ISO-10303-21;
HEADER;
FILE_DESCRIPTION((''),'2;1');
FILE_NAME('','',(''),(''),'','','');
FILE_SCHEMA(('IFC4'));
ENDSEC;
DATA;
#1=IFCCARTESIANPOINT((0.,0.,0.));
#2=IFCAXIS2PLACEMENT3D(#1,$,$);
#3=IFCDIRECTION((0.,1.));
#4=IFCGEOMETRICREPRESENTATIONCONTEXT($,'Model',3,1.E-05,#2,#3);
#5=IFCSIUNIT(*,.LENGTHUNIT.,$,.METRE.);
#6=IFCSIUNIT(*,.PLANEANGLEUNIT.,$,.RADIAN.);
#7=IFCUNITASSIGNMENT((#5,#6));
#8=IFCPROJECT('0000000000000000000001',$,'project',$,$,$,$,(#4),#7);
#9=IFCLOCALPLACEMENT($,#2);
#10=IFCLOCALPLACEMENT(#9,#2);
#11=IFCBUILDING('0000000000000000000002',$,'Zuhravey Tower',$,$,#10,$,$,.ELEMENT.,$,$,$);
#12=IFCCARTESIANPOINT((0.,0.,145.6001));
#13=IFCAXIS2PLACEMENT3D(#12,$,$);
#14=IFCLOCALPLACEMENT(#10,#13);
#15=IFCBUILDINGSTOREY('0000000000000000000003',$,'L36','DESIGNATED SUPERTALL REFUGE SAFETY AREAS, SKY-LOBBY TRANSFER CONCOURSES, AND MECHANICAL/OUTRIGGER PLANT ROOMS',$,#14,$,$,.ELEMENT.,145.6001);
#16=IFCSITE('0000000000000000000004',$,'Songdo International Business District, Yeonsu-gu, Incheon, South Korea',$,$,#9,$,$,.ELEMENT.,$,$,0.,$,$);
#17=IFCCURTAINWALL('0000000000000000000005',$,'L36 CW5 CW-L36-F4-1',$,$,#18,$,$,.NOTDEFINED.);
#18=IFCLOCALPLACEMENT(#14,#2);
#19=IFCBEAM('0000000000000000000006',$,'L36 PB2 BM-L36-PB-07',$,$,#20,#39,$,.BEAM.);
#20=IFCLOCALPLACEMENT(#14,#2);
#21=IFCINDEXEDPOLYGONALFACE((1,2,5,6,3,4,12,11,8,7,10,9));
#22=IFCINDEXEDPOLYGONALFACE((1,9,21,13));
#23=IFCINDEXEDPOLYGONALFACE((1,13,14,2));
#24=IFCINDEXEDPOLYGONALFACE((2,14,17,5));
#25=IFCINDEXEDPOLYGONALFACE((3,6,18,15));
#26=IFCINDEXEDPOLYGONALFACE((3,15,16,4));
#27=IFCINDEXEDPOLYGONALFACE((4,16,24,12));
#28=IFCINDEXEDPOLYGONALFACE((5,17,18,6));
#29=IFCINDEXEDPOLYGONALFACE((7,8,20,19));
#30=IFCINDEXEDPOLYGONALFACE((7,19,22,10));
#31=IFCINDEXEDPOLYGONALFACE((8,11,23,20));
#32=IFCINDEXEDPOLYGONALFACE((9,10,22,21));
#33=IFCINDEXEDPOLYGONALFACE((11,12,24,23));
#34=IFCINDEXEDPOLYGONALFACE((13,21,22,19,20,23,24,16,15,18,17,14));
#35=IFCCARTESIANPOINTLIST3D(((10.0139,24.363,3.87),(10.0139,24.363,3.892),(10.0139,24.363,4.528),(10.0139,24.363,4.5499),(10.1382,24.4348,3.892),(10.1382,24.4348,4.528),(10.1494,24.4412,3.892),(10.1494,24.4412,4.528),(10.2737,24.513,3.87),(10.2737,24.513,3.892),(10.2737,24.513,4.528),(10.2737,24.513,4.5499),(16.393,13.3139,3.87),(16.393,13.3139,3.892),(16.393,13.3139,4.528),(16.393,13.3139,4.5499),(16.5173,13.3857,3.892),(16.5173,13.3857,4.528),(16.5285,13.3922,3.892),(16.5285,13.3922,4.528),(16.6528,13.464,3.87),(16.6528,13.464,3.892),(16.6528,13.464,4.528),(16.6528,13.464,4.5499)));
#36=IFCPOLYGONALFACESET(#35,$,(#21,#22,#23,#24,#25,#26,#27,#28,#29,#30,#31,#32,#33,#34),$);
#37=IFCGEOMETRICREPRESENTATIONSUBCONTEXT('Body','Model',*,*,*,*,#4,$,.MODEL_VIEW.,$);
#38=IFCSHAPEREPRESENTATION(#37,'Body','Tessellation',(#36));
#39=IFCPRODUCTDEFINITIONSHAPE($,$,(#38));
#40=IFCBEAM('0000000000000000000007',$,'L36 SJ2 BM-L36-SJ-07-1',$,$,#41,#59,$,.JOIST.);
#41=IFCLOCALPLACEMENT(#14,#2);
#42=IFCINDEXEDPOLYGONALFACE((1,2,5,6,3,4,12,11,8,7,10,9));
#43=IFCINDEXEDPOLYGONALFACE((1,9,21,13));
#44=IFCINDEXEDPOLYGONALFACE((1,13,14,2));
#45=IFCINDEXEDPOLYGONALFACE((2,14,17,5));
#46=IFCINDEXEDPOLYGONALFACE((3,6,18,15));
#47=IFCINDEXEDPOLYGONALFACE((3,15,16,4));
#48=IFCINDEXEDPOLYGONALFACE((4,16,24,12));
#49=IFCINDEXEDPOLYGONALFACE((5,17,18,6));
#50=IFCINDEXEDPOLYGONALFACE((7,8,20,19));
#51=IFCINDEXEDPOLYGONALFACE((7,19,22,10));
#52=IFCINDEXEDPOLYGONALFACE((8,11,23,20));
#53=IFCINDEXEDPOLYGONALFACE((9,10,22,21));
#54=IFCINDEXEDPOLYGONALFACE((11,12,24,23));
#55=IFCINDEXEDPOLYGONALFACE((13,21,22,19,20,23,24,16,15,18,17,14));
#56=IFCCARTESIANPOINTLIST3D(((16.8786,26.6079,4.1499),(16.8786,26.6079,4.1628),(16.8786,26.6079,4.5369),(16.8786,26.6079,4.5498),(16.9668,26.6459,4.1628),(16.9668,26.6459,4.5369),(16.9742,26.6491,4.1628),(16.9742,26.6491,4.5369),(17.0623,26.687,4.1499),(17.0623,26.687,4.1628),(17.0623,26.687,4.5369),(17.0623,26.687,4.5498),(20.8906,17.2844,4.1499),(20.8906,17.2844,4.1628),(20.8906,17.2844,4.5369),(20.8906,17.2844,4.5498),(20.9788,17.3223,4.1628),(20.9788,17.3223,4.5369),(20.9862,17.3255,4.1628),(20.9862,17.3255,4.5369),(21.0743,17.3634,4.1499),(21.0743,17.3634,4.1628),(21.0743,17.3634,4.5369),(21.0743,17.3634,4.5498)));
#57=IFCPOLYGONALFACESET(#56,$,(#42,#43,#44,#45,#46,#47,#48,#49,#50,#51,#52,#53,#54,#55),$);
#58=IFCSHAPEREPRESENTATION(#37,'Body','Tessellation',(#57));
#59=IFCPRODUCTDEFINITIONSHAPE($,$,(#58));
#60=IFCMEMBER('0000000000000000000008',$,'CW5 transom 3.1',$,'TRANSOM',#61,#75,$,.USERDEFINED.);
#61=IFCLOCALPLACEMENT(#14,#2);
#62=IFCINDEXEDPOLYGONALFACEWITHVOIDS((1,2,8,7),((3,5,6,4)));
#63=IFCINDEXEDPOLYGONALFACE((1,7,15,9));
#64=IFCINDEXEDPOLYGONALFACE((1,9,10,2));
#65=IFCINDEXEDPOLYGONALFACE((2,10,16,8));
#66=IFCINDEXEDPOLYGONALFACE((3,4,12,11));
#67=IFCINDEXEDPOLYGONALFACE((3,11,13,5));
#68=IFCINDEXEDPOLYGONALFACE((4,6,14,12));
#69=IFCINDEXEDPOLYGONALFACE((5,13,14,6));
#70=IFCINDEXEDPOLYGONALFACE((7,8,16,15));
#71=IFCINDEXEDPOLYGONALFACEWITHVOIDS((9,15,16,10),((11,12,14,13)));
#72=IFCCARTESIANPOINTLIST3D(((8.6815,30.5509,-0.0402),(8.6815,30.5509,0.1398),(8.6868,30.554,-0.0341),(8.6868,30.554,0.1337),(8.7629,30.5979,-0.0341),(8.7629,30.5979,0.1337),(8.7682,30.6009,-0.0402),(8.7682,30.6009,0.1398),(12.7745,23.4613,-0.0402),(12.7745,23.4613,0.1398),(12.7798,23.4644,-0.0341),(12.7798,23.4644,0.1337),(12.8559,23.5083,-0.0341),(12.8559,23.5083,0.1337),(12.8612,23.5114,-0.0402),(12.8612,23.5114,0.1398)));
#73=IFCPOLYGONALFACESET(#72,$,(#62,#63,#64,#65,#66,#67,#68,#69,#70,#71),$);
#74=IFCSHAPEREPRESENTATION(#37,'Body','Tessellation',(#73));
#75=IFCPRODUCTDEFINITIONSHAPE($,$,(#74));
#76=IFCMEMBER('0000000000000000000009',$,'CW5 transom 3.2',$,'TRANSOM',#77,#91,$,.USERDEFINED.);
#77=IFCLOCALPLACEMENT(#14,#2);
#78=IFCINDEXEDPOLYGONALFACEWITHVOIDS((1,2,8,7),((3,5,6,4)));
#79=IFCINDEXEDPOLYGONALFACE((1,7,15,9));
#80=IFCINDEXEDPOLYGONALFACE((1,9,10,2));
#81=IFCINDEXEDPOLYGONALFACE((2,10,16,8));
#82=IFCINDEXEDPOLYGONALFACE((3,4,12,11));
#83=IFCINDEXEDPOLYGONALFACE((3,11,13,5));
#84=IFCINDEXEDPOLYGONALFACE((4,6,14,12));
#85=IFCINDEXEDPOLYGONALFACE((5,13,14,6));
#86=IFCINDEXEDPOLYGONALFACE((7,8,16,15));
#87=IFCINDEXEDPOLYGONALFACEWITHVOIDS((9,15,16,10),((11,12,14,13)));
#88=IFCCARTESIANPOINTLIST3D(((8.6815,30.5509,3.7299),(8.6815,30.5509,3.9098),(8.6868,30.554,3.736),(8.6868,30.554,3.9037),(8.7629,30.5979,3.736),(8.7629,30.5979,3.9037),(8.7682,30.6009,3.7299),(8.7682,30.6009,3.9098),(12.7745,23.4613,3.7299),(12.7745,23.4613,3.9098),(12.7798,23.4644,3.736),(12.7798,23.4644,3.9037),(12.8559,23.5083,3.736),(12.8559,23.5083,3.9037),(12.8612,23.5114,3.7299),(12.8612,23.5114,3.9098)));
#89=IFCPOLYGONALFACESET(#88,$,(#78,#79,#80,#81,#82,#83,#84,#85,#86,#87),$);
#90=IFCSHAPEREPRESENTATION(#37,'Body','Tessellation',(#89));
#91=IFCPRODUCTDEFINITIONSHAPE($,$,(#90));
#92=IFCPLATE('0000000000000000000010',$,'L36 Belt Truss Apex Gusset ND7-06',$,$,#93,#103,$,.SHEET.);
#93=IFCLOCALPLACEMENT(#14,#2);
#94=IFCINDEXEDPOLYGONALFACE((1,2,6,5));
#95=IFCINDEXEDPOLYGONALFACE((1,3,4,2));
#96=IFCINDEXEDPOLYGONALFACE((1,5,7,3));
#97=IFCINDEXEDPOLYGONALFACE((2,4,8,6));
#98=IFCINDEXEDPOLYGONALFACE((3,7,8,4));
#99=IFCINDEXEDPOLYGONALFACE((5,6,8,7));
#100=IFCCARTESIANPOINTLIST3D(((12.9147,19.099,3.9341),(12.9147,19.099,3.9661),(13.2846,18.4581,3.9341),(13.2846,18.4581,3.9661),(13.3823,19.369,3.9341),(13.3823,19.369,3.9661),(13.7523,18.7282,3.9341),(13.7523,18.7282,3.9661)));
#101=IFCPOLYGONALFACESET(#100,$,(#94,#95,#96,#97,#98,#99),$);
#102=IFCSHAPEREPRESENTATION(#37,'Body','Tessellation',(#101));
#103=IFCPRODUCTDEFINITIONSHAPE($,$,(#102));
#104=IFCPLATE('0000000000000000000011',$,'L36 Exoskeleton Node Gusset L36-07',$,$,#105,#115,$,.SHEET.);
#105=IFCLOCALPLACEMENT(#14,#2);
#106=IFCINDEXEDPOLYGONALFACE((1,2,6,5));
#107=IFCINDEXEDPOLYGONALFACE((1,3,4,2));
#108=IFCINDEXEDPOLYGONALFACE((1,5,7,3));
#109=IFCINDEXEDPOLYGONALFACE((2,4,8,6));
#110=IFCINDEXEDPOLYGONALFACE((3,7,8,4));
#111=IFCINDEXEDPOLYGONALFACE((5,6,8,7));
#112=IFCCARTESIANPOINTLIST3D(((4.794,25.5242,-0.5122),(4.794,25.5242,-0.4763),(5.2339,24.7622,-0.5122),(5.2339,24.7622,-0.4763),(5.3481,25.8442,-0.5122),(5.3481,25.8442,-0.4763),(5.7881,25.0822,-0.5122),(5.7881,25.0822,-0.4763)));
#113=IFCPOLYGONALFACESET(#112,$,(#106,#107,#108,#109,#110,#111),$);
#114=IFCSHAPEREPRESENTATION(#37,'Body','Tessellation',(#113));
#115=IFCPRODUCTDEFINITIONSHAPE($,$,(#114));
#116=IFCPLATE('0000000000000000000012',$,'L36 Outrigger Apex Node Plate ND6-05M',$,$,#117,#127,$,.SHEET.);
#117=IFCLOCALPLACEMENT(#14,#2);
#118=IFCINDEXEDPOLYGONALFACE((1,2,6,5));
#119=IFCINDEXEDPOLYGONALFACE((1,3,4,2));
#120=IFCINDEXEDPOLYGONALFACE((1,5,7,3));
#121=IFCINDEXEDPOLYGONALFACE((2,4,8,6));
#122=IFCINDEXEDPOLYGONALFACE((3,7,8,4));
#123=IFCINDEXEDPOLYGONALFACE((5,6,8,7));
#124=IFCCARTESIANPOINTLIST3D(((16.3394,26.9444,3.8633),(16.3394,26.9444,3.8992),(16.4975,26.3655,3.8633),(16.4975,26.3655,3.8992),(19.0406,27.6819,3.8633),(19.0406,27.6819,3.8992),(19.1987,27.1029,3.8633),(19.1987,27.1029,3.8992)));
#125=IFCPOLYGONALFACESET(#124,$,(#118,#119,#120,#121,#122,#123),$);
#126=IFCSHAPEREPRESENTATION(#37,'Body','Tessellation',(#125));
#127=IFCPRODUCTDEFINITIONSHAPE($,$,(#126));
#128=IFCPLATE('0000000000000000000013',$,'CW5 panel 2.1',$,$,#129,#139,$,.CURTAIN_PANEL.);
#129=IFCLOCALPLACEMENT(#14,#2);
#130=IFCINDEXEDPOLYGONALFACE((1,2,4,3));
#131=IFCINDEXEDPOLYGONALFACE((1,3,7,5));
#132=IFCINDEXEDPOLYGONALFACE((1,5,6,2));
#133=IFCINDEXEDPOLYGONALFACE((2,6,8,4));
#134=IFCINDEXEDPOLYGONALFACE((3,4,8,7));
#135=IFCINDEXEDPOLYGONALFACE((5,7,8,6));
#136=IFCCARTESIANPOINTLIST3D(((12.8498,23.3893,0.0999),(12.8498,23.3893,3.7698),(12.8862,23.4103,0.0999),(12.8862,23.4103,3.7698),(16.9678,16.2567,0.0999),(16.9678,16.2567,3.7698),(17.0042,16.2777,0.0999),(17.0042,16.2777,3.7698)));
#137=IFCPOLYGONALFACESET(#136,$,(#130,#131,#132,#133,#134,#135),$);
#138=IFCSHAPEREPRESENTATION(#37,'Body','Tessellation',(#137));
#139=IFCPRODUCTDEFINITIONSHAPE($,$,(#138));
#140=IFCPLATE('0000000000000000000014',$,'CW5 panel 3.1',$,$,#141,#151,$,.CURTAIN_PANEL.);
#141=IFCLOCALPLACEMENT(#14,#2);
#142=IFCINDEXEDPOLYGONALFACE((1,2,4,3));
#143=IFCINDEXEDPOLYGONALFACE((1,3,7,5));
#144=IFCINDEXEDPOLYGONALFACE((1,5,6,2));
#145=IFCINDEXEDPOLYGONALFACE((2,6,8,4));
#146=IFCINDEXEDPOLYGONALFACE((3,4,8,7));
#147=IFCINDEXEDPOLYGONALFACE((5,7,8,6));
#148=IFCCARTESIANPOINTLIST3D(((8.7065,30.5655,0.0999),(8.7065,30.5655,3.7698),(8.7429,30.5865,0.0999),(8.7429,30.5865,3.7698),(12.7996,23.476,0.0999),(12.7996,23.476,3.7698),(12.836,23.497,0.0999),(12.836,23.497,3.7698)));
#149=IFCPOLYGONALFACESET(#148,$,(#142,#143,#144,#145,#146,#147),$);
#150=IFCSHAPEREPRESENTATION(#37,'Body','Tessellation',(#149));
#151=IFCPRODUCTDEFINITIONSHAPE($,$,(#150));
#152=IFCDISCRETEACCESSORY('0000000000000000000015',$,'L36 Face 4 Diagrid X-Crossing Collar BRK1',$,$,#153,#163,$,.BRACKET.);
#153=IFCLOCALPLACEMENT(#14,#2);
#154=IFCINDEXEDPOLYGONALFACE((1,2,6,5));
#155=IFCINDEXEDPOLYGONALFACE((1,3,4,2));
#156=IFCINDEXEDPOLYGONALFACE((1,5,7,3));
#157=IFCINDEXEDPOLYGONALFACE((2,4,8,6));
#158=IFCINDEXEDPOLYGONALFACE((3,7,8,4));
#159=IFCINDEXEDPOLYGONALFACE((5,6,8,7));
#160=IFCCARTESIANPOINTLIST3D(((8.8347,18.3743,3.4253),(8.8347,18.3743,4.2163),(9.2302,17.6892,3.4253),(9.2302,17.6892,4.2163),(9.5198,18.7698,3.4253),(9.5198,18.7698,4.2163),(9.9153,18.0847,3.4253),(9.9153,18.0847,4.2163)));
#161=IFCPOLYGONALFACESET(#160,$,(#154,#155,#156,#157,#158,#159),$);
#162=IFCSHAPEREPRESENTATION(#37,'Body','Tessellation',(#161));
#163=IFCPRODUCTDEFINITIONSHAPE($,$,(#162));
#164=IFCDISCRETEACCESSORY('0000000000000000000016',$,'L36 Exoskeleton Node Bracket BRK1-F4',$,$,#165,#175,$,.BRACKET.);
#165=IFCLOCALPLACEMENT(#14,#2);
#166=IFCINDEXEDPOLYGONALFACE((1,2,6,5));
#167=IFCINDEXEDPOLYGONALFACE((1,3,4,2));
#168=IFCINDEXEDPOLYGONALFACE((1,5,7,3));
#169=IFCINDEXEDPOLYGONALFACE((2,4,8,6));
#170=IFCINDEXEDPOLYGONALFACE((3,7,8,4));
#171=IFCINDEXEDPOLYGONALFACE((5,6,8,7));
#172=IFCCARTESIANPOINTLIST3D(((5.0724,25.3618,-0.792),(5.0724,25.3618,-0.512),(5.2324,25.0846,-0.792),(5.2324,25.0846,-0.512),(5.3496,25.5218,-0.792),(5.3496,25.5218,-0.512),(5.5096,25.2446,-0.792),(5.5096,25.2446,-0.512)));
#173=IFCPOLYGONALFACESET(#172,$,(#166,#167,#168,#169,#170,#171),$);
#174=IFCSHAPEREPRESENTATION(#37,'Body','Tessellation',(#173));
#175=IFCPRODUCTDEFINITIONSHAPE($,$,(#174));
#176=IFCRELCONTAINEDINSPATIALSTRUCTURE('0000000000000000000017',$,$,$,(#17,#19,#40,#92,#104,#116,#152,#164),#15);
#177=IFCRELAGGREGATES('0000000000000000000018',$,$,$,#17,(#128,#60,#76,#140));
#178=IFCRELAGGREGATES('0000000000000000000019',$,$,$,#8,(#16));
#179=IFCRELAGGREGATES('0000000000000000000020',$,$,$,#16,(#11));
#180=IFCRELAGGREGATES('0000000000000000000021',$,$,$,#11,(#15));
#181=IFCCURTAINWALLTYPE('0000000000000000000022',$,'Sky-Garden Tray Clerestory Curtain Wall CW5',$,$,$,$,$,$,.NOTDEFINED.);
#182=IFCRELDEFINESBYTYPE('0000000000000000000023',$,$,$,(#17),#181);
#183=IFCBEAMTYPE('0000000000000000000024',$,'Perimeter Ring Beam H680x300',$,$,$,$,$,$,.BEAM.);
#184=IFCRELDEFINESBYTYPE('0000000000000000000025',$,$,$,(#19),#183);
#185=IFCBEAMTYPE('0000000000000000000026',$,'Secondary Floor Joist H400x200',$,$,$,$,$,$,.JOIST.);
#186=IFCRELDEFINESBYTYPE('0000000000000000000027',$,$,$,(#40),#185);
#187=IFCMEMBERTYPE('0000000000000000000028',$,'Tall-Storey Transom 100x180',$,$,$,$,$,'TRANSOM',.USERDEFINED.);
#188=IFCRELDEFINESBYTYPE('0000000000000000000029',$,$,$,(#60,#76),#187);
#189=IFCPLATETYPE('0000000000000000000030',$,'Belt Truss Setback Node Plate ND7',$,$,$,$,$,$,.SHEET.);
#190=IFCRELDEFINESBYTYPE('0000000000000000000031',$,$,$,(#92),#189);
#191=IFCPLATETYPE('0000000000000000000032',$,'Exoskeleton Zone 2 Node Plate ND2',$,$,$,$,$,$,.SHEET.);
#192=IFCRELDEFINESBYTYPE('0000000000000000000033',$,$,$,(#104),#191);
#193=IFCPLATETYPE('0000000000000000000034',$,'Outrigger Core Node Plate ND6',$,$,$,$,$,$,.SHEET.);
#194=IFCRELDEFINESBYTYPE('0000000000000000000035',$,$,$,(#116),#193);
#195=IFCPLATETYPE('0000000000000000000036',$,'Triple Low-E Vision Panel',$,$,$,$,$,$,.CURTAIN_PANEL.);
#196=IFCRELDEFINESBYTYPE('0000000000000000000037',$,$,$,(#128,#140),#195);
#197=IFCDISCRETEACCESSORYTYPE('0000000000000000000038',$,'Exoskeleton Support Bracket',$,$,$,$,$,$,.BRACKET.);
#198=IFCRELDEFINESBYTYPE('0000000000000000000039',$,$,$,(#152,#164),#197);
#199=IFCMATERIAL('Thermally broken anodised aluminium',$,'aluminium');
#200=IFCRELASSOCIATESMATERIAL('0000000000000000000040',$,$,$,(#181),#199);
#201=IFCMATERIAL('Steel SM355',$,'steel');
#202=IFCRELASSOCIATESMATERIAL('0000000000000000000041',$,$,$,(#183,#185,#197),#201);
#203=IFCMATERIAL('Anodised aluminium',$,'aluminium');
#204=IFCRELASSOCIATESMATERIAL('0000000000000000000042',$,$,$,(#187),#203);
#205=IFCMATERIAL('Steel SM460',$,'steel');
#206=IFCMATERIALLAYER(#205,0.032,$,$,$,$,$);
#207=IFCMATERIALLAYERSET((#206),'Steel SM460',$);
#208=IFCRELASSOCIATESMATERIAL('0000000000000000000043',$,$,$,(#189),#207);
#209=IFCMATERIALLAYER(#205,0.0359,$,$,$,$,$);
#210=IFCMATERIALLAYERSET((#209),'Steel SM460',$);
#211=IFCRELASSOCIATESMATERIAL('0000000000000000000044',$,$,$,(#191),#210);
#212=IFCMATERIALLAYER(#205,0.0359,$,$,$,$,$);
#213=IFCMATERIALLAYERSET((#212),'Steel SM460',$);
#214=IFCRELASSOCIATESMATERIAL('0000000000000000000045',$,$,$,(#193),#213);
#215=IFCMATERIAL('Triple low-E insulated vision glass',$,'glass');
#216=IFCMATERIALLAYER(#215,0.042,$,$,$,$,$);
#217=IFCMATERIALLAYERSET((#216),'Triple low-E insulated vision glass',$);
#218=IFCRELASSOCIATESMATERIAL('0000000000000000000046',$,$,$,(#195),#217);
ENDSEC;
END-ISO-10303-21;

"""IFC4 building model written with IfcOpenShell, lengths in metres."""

from ifc_helpers import new_model, si_unit, direction, frame, origin, origin_2d, place, context, subcontext, project, spatial, rectangle, hollow_rectangle, i_section, extrude, material, layer, layer_set, material_profile, profile_set, type_object, element, aggregate, save


model = new_model("IFC4")

# Units and contexts
model_context = context("Model", 3, precision=1e-05, world=origin(), true_north=direction((0.0, 1.0)))
body_context = subcontext(model_context, "Body", "Model", "MODEL_VIEW")
ifc_project = project(units=[si_unit("LENGTHUNIT", "METRE"), si_unit("PLANEANGLEUNIT", "RADIAN")], contexts=[model_context])

# Site, building, storey
site_placement = place(None, origin())
site = spatial("IfcSite", under=ifc_project, at=site_placement, Name="Songdo International Business District, Yeonsu-gu, Incheon, South Korea", CompositionType="ELEMENT", RefElevation=0.0)
building_placement = place(site_placement, origin())
building = spatial("IfcBuilding", under=site, at=building_placement, Name="Zuhravey Tower", CompositionType="ELEMENT")
storey_placement = place(building_placement, frame((0.0, 0.0, 145.6001)))
storey = spatial("IfcBuildingStorey", under=building, at=storey_placement, Name="L36", Description="DESIGNATED SUPERTALL REFUGE SAFETY AREAS, SKY-LOBBY TRANSFER CONCOURSES, AND MECHANICAL/OUTRIGGER PLANT ROOMS", CompositionType="ELEMENT", Elevation=145.6001)

# Shared definitions
ifc_material_1 = material(Name="Steel SM355", Category="steel")
ifc_material_2 = material(Name="Steel SM460", Category="steel")

# Curtain wall
ifc_material_3 = material(Name="Thermally broken anodised aluminium", Category="aluminium")
curtain_wall_type = type_object("IfcCurtainWallType", Name="Sky-Garden Tray Clerestory Curtain Wall CW5", PredefinedType="NOTDEFINED", material=ifc_material_3)
curtain_wall_placement = place(storey_placement, origin())
curtain_wall = element("IfcCurtainWall", 1, at=curtain_wall_placement, inside=storey, type_object=curtain_wall_type, Name="L36 CW5 CW-L36-F4-1", PredefinedType="NOTDEFINED")
ifc_material_4 = material(Name="Anodised aluminium", Category="aluminium")

# Beams
ifc_material_profile_1 = material_profile(ifc_material_1, i_section(OverallWidth=0.3, OverallDepth=0.6799, WebThickness=0.0129, FlangeThickness=0.022, at=origin_2d()), Name="H-680x300x13x22")
ifc_profile_set_1 = profile_set([ifc_material_profile_1], Name="Steel SM355")
beam_type_1 = type_object("IfcBeamType", Name="Perimeter Ring Beam H680x300", PredefinedType="BEAM", material=ifc_profile_set_1)
beam_1_placement = place(storey_placement, frame((10.1438, 24.438, 4.21), z_axis=(0.499998, -0.866027, 0.0), x_axis=(0.866027, 0.499998, 0.0)))
element("IfcBeam", 2, at=beam_1_placement, inside=storey, type_object=beam_type_1, Name="L36 PB2 BM-L36-PB-07", PredefinedType="BEAM", context=body_context, shape_type="SweptSolid", body=[
    extrude(i_section(OverallWidth=0.3, OverallDepth=0.6799, WebThickness=0.0129, FlangeThickness=0.022, at=origin_2d()), origin(), (0.0, 0.0, 1.0), 12.7583),
])
ifc_material_profile_2 = material_profile(ifc_material_1, i_section(OverallWidth=0.2, OverallDepth=0.3999, WebThickness=0.0081, FlangeThickness=0.0129, at=origin_2d()), Name="H-400x200x8x13")
ifc_profile_set_2 = profile_set([ifc_material_profile_2], Name="Steel SM355")
beam_type_2 = type_object("IfcBeamType", Name="Secondary Floor Joist H400x200", PredefinedType="JOIST", material=ifc_profile_set_2)
beam_2_placement = place(storey_placement, frame((16.9705, 26.6475, 4.3499), z_axis=(0.395266, -0.918567, 0.0), x_axis=(0.918567, 0.395266, 0.0)))
element("IfcBeam", 3, at=beam_2_placement, inside=storey, type_object=beam_type_2, Name="L36 SJ2 BM-L36-SJ-07-1", PredefinedType="JOIST", context=body_context, shape_type="SweptSolid", body=[
    extrude(i_section(OverallWidth=0.2, OverallDepth=0.3999, WebThickness=0.0081, FlangeThickness=0.0129, at=origin_2d()), origin(), (0.0, 0.0, 1.0), 10.1501),
])

# Members
ifc_material_profile_3 = material_profile(ifc_material_4, hollow_rectangle(XDim=0.1001, YDim=0.1799, WallThickness=0.0061, at=origin_2d()), Name="ALU-RHS-100x180x6")
ifc_profile_set_3 = profile_set([ifc_material_profile_3], Name="Anodised aluminium")
member_type_1 = type_object("IfcMemberType", Name="Tall-Storey Transom 100x180", ElementType="TRANSOM", PredefinedType="USERDEFINED", material=ifc_profile_set_3)
member_1_placement = place(storey_placement, frame((12.8179, 23.4863, 0.0498), z_axis=(-0.499985, 0.866034, 0.0), x_axis=(-0.866034, -0.499985, 0.0)))
member_1 = element("IfcMember", 4, at=member_1_placement, type_object=member_type_1, Name="CW5 transom 3.1", ObjectType="TRANSOM", PredefinedType="USERDEFINED", context=body_context, shape_type="SweptSolid", body=[
    extrude(hollow_rectangle(XDim=0.1001, YDim=0.1799, WallThickness=0.0061, at=origin_2d()), origin(), (0.0, 0.0, 1.0), 8.1863),
])
member_2_placement = place(storey_placement, frame((12.8179, 23.4863, 3.8198), z_axis=(-0.499985, 0.866034, 0.0), x_axis=(-0.866034, -0.499985, 0.0)))
member_2 = element("IfcMember", 5, at=member_2_placement, type_object=member_type_1, Name="CW5 transom 3.2", ObjectType="TRANSOM", PredefinedType="USERDEFINED", context=body_context, shape_type="SweptSolid", body=[
    extrude(hollow_rectangle(XDim=0.1001, YDim=0.1799, WallThickness=0.0061, at=origin_2d()), origin(), (0.0, 0.0, 1.0), 8.1863),
])

# Plates
ifc_layer_1 = layer(ifc_material_2, 0.032)
ifc_layer_set_1 = layer_set([ifc_layer_1], Name="Steel SM460")
plate_type_1 = type_object("IfcPlateType", Name="Belt Truss Setback Node Plate ND7", PredefinedType="SHEET", material=ifc_layer_set_1)
plate_1_placement = place(storey_placement, frame((13.3335, 18.9136, 3.9341), z_axis=(0.0, 0.0, 1.0), x_axis=(0.5, -0.866025, 0.0)))
element("IfcPlate", 6, at=plate_1_placement, inside=storey, type_object=plate_type_1, Name="L36 Belt Truss Apex Gusset ND7-06", PredefinedType="SHEET", context=body_context, shape_type="SweptSolid", body=[
    extrude(rectangle(XDim=0.74, YDim=0.54, at=origin_2d()), origin(), (0.0, 0.0, 1.0), 0.032),
])
ifc_layer_2 = layer(ifc_material_2, 0.0359)
ifc_layer_set_2 = layer_set([ifc_layer_2], Name="Steel SM460")
plate_type_2 = type_object("IfcPlateType", Name="Exoskeleton Zone 2 Node Plate ND2", PredefinedType="SHEET", material=ifc_layer_set_2)
plate_2_placement = place(storey_placement, frame((5.291, 25.3032, -0.5122), z_axis=(0.0, 0.0, 1.0), x_axis=(0.5, -0.866025, 0.0)))
element("IfcPlate", 7, at=plate_2_placement, inside=storey, type_object=plate_type_2, Name="L36 Exoskeleton Node Gusset L36-07", PredefinedType="SHEET", context=body_context, shape_type="SweptSolid", body=[
    extrude(rectangle(XDim=0.8799, YDim=0.6399, at=origin_2d()), origin(), (0.0, 0.0, 1.0), 0.0359),
])
ifc_layer_3 = layer(ifc_material_2, 0.0359)
ifc_layer_set_3 = layer_set([ifc_layer_3], Name="Steel SM460")
plate_type_3 = type_object("IfcPlateType", Name="Outrigger Core Node Plate ND6", PredefinedType="SHEET", material=ifc_layer_set_3)
plate_3_placement = place(storey_placement, frame((17.769, 27.0237, 3.8633), z_axis=(0.0, 0.0, 1.0), x_axis=(-0.964695, -0.263368, 0.0)))
element("IfcPlate", 8, at=plate_3_placement, inside=storey, type_object=plate_type_3, Name="L36 Outrigger Apex Node Plate ND6-05M", PredefinedType="SHEET", context=body_context, shape_type="SweptSolid", body=[
    extrude(rectangle(XDim=2.8, YDim=0.6001, at=origin_2d()), origin(), (0.0, 0.0, 1.0), 0.0359),
])

# Plates
ifc_material_5 = material(Name="Triple low-E insulated vision glass", Category="glass")
ifc_layer_4 = layer(ifc_material_5, 0.042)
ifc_layer_set_4 = layer_set([ifc_layer_4], Name="Triple low-E insulated vision glass")
plate_type_4 = type_object("IfcPlateType", Name="Triple Low-E Vision Panel", PredefinedType="CURTAIN_PANEL", material=ifc_layer_set_4)
plate_4_placement = place(storey_placement, frame((14.927, 19.8335, 0.0999), z_axis=(0.0, 0.0, 1.0), x_axis=(-0.5, 0.866026, 0.0)))
plate_4 = element("IfcPlate", 9, at=plate_4_placement, type_object=plate_type_4, Name="CW5 panel 2.1", PredefinedType="CURTAIN_PANEL", context=body_context, shape_type="SweptSolid", body=[
    extrude(rectangle(XDim=8.2361, YDim=0.042, at=origin_2d()), origin(), (0.0, 0.0, 1.0), 3.6699),
])
plate_5_placement = place(storey_placement, frame((10.7712, 27.0312, 0.0999), z_axis=(0.0, 0.0, 1.0), x_axis=(-0.5, 0.866026, 0.0)))
plate_5 = element("IfcPlate", 10, at=plate_5_placement, type_object=plate_type_4, Name="CW5 panel 3.1", PredefinedType="CURTAIN_PANEL", context=body_context, shape_type="SweptSolid", body=[
    extrude(rectangle(XDim=8.1863, YDim=0.042, at=origin_2d()), origin(), (0.0, 0.0, 1.0), 3.6699),
])
aggregate(curtain_wall, [plate_4, member_1, member_2, plate_5])

# Discrete accessories
discrete_accessory_type = type_object("IfcDiscreteAccessoryType", Name="Exoskeleton Support Bracket", PredefinedType="BRACKET", material=ifc_material_1)
discrete_accessory_1_placement = place(storey_placement, frame((9.375, 18.2295, 3.4253), z_axis=(0.0, 0.0, 1.0), x_axis=(0.5, -0.866025, 0.0)))
element("IfcDiscreteAccessory", 11, at=discrete_accessory_1_placement, inside=storey, type_object=discrete_accessory_type, Name="L36 Face 4 Diagrid X-Crossing Collar BRK1", PredefinedType="BRACKET", context=body_context, shape_type="SweptSolid", body=[
    extrude(rectangle(XDim=0.791, YDim=0.791, at=origin_2d()), origin(), (0.0, 0.0, 1.0), 0.791),
])
discrete_accessory_2_placement = place(storey_placement, frame((5.291, 25.3032, -0.792), z_axis=(0.0, 0.0, 1.0), x_axis=(0.5, -0.866025, 0.0)))
element("IfcDiscreteAccessory", 12, at=discrete_accessory_2_placement, inside=storey, type_object=discrete_accessory_type, Name="L36 Exoskeleton Node Bracket BRK1-F4", PredefinedType="BRACKET", context=body_context, shape_type="SweptSolid", body=[
    extrude(rectangle(XDim=0.3201, YDim=0.3201, at=origin_2d()), origin(), (0.0, 0.0, 1.0), 0.28),
])

save(model, "model.ifc")
